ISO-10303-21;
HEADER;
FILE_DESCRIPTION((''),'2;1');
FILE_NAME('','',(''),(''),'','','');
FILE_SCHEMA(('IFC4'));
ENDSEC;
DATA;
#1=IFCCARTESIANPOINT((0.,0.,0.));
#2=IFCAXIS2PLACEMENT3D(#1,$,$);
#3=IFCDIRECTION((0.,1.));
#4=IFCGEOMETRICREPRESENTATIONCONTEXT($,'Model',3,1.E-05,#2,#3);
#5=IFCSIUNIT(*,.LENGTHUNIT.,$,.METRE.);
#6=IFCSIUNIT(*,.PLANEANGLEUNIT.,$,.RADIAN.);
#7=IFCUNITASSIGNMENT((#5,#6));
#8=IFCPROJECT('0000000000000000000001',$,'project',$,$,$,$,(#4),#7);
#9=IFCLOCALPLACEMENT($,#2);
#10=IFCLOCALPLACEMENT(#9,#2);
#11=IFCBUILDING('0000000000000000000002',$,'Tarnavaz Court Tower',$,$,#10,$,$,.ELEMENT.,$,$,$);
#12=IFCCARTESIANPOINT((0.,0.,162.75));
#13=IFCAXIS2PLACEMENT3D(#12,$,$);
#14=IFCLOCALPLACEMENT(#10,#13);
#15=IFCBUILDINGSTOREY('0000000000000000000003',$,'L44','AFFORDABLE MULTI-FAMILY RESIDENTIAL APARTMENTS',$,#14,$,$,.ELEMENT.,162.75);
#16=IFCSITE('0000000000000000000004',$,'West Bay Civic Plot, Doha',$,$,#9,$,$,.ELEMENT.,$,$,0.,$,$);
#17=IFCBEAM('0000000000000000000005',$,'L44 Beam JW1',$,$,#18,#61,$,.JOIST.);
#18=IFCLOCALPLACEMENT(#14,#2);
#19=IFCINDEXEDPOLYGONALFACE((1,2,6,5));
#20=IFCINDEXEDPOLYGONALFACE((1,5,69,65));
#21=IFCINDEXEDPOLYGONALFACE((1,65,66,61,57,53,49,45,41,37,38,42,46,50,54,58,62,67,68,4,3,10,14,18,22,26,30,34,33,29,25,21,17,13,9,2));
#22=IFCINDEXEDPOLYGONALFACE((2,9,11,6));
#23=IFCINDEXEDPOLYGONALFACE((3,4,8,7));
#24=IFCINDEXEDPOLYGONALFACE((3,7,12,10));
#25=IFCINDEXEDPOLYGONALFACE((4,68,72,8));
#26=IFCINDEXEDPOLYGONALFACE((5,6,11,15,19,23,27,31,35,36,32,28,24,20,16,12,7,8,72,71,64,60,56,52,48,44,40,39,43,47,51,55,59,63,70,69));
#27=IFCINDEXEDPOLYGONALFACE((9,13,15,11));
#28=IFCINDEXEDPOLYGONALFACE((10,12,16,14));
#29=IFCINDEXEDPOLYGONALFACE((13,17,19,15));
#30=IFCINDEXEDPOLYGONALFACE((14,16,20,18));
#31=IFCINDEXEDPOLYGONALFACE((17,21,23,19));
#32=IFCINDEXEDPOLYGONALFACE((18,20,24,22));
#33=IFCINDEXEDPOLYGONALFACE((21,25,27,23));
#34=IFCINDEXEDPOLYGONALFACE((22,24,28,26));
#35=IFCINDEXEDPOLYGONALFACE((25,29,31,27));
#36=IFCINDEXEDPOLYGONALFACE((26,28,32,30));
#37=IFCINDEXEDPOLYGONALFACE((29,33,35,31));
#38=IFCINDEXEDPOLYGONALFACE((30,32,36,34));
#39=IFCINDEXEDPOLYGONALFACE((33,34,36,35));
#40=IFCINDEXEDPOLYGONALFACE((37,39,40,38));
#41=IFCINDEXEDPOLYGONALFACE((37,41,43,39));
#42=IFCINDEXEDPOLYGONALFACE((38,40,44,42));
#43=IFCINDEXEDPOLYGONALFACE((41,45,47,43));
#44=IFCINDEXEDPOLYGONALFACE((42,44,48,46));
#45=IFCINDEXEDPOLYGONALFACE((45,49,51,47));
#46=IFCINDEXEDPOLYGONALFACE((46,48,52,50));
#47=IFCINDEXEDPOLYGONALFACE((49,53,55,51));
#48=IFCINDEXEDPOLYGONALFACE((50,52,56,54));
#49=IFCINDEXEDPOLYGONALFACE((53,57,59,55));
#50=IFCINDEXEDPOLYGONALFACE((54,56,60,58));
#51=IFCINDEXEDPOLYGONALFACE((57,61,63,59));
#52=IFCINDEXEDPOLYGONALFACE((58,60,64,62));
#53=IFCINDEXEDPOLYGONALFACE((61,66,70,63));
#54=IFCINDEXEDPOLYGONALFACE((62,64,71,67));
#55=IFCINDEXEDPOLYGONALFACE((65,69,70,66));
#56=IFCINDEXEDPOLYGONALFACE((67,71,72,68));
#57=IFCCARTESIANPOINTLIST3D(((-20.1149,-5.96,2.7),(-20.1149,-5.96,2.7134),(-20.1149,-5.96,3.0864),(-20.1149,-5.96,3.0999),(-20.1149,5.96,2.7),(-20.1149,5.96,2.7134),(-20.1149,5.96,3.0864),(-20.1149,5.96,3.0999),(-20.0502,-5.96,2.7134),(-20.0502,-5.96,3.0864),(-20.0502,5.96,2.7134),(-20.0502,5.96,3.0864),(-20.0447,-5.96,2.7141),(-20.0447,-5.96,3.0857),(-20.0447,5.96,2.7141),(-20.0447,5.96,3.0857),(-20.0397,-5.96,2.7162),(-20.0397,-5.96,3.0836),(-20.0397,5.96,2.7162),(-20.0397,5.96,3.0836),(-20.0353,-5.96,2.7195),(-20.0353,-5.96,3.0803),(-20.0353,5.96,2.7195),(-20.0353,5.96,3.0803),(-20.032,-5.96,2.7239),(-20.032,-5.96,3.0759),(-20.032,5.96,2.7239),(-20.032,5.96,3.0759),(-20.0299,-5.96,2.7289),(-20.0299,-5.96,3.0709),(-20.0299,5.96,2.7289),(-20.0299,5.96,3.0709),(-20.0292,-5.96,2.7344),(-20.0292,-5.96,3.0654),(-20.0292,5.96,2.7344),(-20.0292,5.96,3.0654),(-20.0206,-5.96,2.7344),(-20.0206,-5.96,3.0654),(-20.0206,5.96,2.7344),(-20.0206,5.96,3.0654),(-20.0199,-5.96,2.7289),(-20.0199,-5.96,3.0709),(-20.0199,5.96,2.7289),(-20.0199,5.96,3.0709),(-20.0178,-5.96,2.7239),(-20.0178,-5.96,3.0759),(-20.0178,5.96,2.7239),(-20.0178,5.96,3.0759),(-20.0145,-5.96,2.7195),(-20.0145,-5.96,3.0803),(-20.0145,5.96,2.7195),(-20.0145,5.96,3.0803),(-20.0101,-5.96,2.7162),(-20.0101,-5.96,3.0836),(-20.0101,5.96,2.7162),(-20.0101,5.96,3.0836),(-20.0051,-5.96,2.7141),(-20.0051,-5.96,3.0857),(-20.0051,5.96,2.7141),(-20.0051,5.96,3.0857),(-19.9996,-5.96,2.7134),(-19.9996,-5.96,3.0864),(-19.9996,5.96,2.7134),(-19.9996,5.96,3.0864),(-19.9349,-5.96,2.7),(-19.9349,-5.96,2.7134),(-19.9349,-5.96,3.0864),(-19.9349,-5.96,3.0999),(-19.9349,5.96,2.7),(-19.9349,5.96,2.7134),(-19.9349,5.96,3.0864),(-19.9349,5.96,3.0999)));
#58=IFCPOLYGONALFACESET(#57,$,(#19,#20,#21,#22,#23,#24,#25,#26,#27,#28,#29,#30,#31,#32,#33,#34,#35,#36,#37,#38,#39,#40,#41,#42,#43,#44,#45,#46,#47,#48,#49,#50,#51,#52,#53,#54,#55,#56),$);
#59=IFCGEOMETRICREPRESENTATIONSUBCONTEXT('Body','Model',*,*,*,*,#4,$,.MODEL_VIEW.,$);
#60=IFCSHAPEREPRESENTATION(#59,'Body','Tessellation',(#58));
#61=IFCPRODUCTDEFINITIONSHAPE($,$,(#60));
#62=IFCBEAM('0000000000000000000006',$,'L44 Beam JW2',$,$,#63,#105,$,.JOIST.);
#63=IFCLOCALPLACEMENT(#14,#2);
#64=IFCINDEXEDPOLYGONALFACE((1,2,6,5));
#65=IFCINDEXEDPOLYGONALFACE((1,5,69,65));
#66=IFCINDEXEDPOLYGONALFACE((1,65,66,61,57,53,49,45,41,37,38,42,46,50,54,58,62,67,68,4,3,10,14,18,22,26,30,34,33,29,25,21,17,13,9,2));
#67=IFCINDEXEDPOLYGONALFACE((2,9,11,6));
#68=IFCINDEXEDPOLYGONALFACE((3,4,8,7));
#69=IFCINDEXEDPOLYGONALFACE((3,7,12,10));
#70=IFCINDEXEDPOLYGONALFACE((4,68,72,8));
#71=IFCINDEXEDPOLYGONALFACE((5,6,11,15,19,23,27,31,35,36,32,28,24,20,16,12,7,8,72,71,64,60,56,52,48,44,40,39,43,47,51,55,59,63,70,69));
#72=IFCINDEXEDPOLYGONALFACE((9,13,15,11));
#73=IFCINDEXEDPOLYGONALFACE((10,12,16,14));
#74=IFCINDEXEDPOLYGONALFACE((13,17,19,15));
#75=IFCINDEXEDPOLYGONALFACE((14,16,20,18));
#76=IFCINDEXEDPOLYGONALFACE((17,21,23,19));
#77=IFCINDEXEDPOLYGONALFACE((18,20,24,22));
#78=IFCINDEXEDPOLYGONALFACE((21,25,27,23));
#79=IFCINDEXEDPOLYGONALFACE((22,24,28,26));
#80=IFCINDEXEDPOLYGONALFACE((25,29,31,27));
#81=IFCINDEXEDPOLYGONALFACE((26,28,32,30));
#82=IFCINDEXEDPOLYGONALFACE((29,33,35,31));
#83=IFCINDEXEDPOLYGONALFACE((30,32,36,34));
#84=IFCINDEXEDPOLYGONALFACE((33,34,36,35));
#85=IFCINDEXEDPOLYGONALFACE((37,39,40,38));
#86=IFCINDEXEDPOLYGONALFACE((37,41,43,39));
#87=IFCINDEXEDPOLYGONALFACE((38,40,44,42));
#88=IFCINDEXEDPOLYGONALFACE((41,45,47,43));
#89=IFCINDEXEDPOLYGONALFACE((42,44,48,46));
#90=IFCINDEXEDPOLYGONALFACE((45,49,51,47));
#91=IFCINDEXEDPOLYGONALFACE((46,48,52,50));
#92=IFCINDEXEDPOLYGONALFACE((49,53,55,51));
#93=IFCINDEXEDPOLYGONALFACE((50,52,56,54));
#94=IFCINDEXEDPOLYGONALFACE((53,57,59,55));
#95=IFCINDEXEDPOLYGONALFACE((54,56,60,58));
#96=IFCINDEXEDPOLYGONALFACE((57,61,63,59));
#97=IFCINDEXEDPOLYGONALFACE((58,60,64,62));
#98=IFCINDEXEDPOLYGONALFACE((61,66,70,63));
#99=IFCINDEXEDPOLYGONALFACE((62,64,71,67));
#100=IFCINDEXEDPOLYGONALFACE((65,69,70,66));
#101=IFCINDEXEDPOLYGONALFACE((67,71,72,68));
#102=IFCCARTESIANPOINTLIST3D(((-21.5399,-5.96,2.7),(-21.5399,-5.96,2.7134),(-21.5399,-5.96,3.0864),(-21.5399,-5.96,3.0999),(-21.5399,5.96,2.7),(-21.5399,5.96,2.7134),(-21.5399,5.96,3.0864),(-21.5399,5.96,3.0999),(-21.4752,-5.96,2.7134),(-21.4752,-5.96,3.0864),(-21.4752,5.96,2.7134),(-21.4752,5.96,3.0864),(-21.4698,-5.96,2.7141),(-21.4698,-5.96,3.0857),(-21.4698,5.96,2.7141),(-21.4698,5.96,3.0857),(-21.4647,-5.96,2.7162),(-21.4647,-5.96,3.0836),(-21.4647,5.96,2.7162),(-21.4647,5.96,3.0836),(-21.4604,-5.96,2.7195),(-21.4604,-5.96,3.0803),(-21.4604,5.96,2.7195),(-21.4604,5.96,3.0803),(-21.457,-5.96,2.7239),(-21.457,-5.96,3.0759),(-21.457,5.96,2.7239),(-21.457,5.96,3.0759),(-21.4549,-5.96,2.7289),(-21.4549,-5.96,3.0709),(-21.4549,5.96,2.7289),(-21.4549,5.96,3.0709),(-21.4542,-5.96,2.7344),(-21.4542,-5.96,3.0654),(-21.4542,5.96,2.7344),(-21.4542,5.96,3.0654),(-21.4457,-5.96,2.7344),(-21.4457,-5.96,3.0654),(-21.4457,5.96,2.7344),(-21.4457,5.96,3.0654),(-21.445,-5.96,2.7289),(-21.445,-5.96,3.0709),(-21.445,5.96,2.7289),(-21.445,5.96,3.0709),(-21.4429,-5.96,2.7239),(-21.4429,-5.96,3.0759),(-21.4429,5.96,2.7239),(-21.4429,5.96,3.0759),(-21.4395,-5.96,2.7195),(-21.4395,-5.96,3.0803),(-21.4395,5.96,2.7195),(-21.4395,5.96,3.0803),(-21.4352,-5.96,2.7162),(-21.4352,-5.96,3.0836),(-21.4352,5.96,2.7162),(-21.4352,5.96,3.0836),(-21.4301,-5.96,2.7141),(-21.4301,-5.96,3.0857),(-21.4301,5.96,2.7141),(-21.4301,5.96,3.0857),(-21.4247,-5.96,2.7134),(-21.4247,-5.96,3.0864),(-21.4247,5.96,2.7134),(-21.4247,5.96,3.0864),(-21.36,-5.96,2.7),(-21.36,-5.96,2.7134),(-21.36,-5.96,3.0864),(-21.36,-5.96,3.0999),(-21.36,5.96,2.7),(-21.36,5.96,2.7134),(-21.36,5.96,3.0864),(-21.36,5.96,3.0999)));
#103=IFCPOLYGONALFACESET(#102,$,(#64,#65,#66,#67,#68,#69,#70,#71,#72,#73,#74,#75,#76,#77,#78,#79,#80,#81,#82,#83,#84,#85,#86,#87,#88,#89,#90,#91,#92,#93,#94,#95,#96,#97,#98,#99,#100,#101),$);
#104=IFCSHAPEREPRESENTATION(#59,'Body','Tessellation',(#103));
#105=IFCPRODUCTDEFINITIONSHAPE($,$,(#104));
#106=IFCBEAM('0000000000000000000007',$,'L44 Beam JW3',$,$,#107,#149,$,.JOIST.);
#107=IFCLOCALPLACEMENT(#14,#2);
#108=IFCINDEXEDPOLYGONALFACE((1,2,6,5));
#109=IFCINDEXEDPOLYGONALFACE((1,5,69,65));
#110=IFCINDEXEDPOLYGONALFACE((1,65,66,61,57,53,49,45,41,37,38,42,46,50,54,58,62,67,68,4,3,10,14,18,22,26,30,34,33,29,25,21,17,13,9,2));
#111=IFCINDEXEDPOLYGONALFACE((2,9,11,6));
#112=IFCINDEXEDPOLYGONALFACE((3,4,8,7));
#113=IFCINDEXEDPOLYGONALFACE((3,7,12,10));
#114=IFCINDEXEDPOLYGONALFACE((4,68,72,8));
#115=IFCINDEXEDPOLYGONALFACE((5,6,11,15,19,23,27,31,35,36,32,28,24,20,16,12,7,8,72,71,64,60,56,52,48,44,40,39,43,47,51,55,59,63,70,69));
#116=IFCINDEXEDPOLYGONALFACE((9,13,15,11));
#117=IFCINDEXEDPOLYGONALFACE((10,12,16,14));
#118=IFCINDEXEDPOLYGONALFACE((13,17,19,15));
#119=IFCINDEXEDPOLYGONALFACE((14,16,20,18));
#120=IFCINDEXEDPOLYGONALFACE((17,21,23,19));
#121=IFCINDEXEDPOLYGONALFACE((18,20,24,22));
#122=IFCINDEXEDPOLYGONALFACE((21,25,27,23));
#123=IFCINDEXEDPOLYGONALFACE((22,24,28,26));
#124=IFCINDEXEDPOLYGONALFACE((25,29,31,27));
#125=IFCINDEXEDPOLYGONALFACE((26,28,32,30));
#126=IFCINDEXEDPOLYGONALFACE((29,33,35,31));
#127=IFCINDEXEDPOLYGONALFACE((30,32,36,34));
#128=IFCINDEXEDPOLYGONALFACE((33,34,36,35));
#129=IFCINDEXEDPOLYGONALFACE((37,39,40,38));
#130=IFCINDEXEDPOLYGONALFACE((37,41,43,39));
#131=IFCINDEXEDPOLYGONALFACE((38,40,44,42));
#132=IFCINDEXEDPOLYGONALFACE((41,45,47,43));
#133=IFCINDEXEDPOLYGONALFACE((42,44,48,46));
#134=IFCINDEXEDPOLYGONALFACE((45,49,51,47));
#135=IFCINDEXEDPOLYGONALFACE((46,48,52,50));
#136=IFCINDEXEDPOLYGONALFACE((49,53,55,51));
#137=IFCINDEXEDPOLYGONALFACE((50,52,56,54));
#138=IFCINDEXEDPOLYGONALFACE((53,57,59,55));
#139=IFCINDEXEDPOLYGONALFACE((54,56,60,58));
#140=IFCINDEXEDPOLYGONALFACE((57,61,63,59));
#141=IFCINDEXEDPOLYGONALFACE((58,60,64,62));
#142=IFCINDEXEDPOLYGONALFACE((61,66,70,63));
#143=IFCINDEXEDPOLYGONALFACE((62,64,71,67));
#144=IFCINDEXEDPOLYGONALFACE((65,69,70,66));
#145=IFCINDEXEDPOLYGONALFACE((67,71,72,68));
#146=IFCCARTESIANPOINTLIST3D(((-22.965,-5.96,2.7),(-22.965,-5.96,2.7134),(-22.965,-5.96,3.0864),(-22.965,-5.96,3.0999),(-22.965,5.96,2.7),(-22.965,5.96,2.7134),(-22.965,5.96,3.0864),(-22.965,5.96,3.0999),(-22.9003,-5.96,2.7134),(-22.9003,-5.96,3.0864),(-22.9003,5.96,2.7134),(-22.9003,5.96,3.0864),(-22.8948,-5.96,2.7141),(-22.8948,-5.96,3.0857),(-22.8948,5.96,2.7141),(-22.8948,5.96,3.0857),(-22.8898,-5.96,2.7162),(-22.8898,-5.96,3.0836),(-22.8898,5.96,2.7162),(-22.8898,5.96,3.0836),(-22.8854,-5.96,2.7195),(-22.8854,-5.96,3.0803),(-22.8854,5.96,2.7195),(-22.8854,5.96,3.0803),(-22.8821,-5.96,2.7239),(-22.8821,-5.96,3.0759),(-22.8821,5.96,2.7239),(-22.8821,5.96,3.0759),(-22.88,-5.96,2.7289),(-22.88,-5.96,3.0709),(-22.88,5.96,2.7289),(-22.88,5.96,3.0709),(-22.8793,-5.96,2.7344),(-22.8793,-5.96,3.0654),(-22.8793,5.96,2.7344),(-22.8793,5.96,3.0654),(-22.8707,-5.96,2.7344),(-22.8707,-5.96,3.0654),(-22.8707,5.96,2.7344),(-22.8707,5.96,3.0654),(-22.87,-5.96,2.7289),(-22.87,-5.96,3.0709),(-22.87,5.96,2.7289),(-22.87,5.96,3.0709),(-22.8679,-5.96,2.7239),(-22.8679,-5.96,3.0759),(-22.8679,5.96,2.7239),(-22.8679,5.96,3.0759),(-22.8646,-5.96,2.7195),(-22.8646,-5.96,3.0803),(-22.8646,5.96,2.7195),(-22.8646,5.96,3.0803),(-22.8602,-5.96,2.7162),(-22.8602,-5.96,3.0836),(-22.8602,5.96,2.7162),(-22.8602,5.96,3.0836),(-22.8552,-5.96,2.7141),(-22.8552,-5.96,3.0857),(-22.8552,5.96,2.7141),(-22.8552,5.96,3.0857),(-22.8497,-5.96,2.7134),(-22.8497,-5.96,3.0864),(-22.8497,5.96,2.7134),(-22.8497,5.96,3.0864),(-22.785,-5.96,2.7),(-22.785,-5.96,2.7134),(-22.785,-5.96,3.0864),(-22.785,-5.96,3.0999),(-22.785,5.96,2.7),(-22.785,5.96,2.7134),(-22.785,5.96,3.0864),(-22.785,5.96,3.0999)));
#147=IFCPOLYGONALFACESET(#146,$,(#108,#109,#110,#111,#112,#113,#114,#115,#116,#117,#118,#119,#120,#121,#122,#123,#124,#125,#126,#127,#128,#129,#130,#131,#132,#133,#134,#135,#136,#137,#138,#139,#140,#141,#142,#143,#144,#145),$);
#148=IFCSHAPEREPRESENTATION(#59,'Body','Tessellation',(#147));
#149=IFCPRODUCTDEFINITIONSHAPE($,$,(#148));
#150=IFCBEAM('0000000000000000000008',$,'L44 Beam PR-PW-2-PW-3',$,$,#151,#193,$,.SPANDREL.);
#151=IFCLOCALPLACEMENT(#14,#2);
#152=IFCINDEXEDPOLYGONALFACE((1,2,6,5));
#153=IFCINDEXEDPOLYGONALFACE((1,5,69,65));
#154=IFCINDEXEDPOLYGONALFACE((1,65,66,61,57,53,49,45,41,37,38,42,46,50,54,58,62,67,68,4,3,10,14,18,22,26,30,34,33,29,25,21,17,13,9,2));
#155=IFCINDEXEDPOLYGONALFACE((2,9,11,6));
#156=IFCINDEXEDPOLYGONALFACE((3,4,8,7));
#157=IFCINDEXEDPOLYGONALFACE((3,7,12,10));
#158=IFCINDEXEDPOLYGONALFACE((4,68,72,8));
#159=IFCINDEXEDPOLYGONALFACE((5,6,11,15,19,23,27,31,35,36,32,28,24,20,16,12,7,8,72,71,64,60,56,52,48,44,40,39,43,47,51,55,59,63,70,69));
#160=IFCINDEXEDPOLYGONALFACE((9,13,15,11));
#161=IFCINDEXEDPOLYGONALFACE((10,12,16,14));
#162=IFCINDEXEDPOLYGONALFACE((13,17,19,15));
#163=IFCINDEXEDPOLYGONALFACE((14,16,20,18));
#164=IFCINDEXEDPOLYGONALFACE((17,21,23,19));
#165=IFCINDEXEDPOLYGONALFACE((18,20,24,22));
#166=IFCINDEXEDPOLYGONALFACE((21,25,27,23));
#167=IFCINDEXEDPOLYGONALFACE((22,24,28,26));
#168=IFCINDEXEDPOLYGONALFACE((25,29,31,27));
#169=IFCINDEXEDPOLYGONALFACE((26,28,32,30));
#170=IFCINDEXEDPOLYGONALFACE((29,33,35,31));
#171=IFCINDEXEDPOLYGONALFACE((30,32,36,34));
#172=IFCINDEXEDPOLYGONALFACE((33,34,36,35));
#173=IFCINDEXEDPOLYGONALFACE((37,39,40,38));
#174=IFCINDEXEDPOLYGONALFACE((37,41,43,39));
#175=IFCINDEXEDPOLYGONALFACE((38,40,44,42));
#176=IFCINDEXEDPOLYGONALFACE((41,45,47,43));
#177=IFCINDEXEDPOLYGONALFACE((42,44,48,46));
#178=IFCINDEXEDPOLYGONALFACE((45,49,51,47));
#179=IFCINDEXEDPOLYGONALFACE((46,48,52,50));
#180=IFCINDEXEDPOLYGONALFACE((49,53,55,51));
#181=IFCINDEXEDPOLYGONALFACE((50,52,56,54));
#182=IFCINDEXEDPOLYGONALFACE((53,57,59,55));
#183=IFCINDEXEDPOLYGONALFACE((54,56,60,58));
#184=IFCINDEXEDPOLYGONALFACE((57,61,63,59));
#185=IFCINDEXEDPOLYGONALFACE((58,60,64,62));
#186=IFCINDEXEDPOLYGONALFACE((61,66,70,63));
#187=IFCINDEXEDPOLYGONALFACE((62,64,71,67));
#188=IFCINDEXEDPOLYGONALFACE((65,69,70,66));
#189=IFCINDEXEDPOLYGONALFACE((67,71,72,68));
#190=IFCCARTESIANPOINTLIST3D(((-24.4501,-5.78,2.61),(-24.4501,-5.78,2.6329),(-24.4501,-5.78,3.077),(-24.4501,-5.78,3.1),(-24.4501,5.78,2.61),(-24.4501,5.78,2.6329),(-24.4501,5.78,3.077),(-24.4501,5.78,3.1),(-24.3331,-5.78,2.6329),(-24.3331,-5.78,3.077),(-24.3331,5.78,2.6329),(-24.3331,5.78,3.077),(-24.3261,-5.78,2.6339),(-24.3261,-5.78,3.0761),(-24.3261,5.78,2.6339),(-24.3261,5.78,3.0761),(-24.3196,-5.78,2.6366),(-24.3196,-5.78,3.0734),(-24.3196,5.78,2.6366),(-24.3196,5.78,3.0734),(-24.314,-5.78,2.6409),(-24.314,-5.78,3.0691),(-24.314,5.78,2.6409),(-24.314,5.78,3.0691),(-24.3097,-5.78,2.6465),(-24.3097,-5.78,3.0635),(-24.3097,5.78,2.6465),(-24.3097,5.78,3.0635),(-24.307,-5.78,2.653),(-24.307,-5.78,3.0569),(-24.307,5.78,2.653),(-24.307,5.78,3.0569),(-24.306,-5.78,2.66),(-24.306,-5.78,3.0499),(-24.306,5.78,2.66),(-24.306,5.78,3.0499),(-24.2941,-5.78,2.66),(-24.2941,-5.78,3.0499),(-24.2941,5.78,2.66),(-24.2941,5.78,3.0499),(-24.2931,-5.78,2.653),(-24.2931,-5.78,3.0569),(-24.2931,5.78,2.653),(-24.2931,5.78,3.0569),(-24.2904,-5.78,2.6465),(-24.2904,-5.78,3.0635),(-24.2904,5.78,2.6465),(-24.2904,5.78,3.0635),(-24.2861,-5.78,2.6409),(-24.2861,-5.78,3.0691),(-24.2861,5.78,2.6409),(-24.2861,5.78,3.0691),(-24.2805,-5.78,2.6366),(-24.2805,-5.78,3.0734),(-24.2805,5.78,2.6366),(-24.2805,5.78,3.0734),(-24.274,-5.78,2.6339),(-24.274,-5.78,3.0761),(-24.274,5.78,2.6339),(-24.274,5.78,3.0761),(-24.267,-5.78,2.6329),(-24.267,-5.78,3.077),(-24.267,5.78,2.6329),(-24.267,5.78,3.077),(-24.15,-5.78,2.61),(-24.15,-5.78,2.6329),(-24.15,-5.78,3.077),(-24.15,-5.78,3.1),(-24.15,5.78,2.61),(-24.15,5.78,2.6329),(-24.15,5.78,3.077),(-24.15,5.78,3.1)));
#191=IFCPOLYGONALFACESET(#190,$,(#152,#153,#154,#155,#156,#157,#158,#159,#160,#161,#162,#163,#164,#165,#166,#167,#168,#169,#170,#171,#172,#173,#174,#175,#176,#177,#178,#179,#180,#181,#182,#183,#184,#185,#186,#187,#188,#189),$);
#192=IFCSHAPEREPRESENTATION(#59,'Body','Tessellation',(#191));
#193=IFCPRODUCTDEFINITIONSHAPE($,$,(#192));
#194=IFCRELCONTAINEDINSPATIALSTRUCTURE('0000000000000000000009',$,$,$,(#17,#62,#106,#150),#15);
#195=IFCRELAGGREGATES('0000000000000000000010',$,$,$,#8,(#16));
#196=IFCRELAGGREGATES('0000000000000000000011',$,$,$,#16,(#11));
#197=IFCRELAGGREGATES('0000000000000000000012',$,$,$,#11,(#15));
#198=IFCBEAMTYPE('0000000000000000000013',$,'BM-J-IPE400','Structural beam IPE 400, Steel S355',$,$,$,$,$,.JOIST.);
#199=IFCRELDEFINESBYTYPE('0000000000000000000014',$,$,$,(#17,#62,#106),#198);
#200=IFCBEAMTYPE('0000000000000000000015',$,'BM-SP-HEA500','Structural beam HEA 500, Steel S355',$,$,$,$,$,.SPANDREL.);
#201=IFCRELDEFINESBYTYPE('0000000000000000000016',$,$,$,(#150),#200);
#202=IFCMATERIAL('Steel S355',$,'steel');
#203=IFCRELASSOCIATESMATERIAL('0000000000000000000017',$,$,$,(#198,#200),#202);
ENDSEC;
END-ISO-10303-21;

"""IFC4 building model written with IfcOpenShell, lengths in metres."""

from ifc_helpers import new_model, si_unit, direction, frame, origin, origin_2d, place, context, subcontext, project, spatial, i_section, extrude, material, material_profile, profile_set, type_object, element, save


model = new_model("IFC4")

# Units and contexts
model_context = context("Model", 3, precision=1e-05, world=origin(), true_north=direction((0.0, 1.0)))
body_context = subcontext(model_context, "Body", "Model", "MODEL_VIEW")
ifc_project = project(units=[si_unit("LENGTHUNIT", "METRE"), si_unit("PLANEANGLEUNIT", "RADIAN")], contexts=[model_context])

# Site, building, storey
site_placement = place(None, origin())
site = spatial("IfcSite", under=ifc_project, at=site_placement, Name="West Bay Civic Plot, Doha", CompositionType="ELEMENT", RefElevation=0.0)
building_placement = place(site_placement, origin())
building = spatial("IfcBuilding", under=site, at=building_placement, Name="Tarnavaz Court Tower", CompositionType="ELEMENT")
storey_placement = place(building_placement, frame((0.0, 0.0, 162.75)))
storey = spatial("IfcBuildingStorey", under=building, at=storey_placement, Name="L44", Description="AFFORDABLE MULTI-FAMILY RESIDENTIAL APARTMENTS", CompositionType="ELEMENT", Elevation=162.75)

# Beams
ifc_material_1 = material(Name="Steel S355", Category="steel")
ifc_material_profile_1 = material_profile(ifc_material_1, i_section(OverallWidth=0.1799, OverallDepth=0.3999, WebThickness=0.0085, FlangeThickness=0.0134, FilletRadius=0.021, at=origin_2d()), Name="IPE 400")
ifc_profile_set_1 = profile_set([ifc_material_profile_1], Name="Steel S355")
beam_type_1 = type_object("IfcBeamType", Name="BM-J-IPE400", Description="Structural beam IPE 400, Steel S355", PredefinedType="JOIST", material=ifc_profile_set_1)
for number, where, z_axis, x_axis, name in (
    (1, (-20.0249, -5.96, 2.8999), (0.0, 1.0, 0.0), (-1.0, 0.0, 0.0), "L44 Beam JW1"),
    (2, (-21.45, -5.96, 2.8999), (0.0, 1.0, 0.0), (-1.0, 0.0, 0.0), "L44 Beam JW2"),
    (3, (-22.875, -5.96, 2.8999), (0.0, 1.0, 0.0), (-1.0, 0.0, 0.0), "L44 Beam JW3"),
):
    element("IfcBeam", number, at=place(storey_placement, frame(where, z_axis=z_axis, x_axis=x_axis)), inside=storey, type_object=beam_type_1, Name=name, PredefinedType="JOIST", context=body_context, shape_type="SweptSolid", body=[
        extrude(i_section(OverallWidth=0.1799, OverallDepth=0.3999, WebThickness=0.0085, FlangeThickness=0.0134, FilletRadius=0.021, at=origin_2d()), origin(), (0.0, 0.0, 1.0), 11.9199),
    ])
ifc_material_profile_2 = material_profile(ifc_material_1, i_section(OverallWidth=0.3, OverallDepth=0.49, WebThickness=0.012, FlangeThickness=0.0229, FilletRadius=0.0271, at=origin_2d()), Name="HEA 500")
ifc_profile_set_2 = profile_set([ifc_material_profile_2], Name="Steel S355")
beam_type_2 = type_object("IfcBeamType", Name="BM-SP-HEA500", Description="Structural beam HEA 500, Steel S355", PredefinedType="SPANDREL", material=ifc_profile_set_2)
beam_1_placement = place(storey_placement, frame((-24.3, -5.78, 2.855), z_axis=(0.0, 1.0, 0.0), x_axis=(-1.0, 0.0, 0.0)))
element("IfcBeam", 4, at=beam_1_placement, inside=storey, type_object=beam_type_2, Name="L44 Beam PR-PW-2-PW-3", PredefinedType="SPANDREL", context=body_context, shape_type="SweptSolid", body=[
    extrude(i_section(OverallWidth=0.3, OverallDepth=0.49, WebThickness=0.012, FlangeThickness=0.0229, FilletRadius=0.0271, at=origin_2d()), origin(), (0.0, 0.0, 1.0), 11.5601),
])

save(model, "model.ifc")
